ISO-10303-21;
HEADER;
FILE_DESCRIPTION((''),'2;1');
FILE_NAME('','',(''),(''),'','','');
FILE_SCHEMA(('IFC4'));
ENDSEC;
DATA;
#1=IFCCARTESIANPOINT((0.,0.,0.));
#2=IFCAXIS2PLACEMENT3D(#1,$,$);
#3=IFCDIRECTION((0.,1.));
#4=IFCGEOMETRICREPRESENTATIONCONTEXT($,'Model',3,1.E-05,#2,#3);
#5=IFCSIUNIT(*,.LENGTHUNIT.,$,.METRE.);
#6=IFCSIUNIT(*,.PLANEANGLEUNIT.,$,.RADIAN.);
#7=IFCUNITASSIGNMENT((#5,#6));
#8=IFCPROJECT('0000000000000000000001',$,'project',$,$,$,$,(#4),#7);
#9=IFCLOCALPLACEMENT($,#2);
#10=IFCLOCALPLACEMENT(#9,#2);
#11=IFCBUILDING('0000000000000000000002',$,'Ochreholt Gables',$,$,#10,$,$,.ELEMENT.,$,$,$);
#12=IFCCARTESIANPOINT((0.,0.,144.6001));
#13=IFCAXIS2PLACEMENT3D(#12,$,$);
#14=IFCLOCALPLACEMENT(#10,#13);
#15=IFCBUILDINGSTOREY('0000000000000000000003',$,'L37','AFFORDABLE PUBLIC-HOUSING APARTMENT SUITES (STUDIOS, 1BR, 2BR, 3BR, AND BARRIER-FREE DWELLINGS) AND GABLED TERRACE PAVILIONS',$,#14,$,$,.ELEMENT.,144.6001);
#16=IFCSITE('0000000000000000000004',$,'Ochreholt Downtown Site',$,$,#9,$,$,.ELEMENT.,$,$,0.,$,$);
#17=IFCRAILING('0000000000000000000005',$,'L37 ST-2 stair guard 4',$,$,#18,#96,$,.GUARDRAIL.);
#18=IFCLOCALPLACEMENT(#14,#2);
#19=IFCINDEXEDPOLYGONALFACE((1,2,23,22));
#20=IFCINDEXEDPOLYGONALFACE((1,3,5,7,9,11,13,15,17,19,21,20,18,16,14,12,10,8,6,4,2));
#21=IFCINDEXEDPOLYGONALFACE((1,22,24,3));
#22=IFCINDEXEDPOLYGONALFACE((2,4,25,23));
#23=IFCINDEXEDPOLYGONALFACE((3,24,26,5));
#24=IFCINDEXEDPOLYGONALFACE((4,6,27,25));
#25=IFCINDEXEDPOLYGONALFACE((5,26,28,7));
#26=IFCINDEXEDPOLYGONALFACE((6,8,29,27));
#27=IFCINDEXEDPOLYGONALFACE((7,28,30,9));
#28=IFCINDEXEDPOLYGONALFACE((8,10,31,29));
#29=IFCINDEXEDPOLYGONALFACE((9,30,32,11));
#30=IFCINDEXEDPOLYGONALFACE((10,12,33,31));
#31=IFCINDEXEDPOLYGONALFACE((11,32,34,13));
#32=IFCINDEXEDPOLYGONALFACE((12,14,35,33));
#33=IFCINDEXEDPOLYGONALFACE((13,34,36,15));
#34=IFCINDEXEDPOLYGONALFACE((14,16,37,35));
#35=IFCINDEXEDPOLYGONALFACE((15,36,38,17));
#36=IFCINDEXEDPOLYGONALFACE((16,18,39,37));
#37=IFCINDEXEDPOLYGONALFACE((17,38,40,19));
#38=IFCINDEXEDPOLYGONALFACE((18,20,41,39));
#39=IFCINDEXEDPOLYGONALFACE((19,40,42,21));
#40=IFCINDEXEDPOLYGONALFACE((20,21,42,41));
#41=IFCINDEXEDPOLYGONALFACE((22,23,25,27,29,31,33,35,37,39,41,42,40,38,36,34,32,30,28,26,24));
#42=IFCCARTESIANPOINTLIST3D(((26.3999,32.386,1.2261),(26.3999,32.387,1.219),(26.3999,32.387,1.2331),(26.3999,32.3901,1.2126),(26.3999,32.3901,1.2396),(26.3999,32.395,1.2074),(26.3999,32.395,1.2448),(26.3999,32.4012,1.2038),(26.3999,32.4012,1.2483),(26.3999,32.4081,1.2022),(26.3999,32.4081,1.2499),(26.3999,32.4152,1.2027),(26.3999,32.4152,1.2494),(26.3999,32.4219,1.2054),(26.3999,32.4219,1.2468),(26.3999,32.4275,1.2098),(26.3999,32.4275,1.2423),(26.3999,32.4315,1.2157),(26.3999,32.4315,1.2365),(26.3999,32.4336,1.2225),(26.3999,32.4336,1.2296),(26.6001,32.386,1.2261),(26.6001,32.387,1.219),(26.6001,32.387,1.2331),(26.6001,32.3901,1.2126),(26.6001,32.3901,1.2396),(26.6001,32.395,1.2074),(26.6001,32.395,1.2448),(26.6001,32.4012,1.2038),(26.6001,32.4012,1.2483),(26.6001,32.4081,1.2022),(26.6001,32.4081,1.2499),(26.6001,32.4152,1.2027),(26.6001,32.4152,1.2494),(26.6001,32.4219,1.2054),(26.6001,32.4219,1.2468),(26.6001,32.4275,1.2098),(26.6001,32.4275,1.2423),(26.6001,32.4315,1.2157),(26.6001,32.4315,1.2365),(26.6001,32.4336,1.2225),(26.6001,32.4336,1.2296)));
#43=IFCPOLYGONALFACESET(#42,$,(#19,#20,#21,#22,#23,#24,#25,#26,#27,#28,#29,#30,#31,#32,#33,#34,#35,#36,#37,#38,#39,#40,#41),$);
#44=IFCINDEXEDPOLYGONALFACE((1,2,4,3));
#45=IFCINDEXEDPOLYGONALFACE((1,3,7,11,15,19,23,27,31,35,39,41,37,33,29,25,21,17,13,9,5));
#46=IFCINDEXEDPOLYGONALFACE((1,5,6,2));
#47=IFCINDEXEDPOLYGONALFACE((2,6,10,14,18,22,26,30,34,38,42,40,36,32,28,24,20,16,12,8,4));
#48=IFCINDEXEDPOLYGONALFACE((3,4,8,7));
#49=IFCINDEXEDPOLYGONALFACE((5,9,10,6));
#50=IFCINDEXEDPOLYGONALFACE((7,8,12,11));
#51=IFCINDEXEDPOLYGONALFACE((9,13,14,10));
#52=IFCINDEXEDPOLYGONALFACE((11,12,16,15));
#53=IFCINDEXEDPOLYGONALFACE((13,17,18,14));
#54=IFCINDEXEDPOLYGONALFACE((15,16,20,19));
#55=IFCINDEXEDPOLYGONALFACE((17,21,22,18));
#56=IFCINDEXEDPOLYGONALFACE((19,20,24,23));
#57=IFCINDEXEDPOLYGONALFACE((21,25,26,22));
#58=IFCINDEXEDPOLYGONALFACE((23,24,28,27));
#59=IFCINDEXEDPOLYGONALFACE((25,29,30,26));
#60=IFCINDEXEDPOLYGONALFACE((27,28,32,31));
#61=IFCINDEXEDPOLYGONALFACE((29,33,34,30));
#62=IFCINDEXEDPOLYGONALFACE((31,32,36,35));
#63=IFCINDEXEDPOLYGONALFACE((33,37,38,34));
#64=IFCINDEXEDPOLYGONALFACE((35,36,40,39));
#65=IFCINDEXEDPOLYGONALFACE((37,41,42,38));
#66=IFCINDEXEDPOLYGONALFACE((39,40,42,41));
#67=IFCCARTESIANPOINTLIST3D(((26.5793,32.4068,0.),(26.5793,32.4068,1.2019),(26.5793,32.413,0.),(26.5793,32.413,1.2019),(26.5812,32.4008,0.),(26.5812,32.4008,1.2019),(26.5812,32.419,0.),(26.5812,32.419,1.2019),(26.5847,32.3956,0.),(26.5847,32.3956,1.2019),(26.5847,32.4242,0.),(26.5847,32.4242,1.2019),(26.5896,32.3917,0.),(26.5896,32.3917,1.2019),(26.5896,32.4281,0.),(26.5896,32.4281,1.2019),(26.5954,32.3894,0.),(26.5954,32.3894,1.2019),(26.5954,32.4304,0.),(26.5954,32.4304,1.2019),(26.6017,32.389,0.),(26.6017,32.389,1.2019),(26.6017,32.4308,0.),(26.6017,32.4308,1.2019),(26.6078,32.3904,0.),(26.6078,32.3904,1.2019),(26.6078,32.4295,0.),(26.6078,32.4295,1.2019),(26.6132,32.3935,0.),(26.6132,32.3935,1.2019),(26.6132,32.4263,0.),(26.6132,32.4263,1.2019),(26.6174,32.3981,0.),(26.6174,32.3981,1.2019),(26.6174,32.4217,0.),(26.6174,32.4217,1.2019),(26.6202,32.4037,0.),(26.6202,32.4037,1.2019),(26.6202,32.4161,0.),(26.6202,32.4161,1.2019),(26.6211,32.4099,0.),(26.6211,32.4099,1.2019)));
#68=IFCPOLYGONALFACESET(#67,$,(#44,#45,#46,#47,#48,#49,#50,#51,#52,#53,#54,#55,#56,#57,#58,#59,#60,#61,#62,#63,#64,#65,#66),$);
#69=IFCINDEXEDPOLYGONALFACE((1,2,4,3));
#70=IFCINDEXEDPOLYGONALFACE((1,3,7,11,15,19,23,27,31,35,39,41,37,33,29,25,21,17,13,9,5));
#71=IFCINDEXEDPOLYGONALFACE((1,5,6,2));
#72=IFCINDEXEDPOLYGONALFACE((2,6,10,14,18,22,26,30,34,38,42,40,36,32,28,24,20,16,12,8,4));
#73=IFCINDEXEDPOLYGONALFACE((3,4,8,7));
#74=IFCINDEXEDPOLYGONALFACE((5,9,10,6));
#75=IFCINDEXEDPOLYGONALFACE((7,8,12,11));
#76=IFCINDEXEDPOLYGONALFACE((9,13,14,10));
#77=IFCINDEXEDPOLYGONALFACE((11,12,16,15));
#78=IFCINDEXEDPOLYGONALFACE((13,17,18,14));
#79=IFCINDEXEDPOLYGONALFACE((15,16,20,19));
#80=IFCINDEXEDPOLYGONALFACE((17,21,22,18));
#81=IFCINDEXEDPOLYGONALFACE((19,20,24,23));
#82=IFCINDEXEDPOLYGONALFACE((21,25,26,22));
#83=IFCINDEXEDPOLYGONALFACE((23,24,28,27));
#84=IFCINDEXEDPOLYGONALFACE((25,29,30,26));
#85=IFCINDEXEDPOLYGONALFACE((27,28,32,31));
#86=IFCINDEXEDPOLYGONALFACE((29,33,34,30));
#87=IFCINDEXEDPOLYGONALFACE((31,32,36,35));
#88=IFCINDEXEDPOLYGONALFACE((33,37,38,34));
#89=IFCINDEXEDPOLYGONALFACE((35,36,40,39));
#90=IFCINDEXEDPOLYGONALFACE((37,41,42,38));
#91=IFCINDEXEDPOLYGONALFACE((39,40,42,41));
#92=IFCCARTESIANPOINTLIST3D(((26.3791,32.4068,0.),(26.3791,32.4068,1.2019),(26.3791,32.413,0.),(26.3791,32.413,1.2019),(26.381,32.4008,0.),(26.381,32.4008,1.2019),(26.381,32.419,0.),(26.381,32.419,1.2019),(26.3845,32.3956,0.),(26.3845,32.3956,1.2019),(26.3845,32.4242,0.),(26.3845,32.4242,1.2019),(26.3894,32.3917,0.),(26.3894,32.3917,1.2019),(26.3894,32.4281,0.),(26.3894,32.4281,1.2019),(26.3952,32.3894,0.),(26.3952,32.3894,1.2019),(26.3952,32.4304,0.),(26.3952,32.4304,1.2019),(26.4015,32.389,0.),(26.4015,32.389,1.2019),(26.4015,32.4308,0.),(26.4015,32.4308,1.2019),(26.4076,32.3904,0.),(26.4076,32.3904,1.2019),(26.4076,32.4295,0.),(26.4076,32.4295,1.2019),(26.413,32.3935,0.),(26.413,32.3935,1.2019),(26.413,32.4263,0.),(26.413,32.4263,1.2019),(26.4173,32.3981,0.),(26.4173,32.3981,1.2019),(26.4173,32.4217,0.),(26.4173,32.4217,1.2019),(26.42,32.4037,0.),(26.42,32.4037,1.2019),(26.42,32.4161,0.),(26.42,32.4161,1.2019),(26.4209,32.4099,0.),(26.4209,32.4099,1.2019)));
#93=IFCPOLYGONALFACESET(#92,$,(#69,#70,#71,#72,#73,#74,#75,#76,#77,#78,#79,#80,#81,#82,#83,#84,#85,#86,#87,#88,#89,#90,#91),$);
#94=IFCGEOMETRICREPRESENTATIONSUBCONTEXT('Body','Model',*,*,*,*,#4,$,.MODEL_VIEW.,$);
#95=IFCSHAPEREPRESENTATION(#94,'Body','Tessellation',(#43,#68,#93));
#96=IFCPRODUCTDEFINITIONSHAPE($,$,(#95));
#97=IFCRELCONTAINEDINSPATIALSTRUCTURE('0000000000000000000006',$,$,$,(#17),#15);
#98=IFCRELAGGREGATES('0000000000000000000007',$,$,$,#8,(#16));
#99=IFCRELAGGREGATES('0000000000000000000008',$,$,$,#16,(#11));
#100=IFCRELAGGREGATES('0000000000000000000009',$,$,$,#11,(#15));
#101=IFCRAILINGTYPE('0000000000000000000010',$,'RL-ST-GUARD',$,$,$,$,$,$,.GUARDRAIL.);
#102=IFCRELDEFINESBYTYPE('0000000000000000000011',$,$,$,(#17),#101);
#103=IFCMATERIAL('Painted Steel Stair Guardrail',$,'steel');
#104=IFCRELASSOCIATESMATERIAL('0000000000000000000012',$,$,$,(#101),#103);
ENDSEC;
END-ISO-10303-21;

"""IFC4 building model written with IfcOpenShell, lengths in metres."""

from ifc_helpers import new_model, si_unit, direction, frame, origin, origin_2d, place, context, subcontext, project, spatial, circle, extrude, material, type_object, element, save


model = new_model("IFC4")

# Units and contexts
model_context = context("Model", 3, precision=1e-05, world=origin(), true_north=direction((0.0, 1.0)))
body_context = subcontext(model_context, "Body", "Model", "MODEL_VIEW")
ifc_project = project(units=[si_unit("LENGTHUNIT", "METRE"), si_unit("PLANEANGLEUNIT", "RADIAN")], contexts=[model_context])

# Site, building, storey
site_placement = place(None, origin())
site = spatial("IfcSite", under=ifc_project, at=site_placement, Name="Ochreholt Downtown Site", CompositionType="ELEMENT", RefElevation=0.0)
building_placement = place(site_placement, origin())
building = spatial("IfcBuilding", under=site, at=building_placement, Name="Ochreholt Gables", CompositionType="ELEMENT")
storey_placement = place(building_placement, frame((0.0, 0.0, 144.6001)))
storey = spatial("IfcBuildingStorey", under=building, at=storey_placement, Name="L37", Description="AFFORDABLE PUBLIC-HOUSING APARTMENT SUITES (STUDIOS, 1BR, 2BR, 3BR, AND BARRIER-FREE DWELLINGS) AND GABLED TERRACE PAVILIONS", CompositionType="ELEMENT", Elevation=144.6001)

# Railing
ifc_material_1 = material(Name="Painted Steel Stair Guardrail", Category="steel")
railing_type = type_object("IfcRailingType", Name="RL-ST-GUARD", PredefinedType="GUARDRAIL", material=ifc_material_1)
railing_placement = place(storey_placement, frame((26.6001, 32.4099, 0.0)))
element("IfcRailing", 1, at=railing_placement, inside=storey, type_object=railing_type, Name="L37 ST-2 stair guard 4", PredefinedType="GUARDRAIL", context=body_context, shape_type="SweptSolid", body=[
    extrude(circle(Radius=0.0239, at=origin_2d()), frame((0.0, 0.0, 1.2261), z_axis=(-1.0, 0.0, 0.0), x_axis=(0.0, -1.0, 0.0)), (0.0, 0.0, 1.0), 0.2002),
    extrude(circle(Radius=0.021, at=origin_2d()), origin(), (0.0, 0.0, 1.0), 1.2019),
    extrude(circle(Radius=0.021, at=origin_2d()), frame((-0.2002, 0.0, 0.0)), (0.0, 0.0, 1.0), 1.2019),
])

save(model, "model.ifc")
